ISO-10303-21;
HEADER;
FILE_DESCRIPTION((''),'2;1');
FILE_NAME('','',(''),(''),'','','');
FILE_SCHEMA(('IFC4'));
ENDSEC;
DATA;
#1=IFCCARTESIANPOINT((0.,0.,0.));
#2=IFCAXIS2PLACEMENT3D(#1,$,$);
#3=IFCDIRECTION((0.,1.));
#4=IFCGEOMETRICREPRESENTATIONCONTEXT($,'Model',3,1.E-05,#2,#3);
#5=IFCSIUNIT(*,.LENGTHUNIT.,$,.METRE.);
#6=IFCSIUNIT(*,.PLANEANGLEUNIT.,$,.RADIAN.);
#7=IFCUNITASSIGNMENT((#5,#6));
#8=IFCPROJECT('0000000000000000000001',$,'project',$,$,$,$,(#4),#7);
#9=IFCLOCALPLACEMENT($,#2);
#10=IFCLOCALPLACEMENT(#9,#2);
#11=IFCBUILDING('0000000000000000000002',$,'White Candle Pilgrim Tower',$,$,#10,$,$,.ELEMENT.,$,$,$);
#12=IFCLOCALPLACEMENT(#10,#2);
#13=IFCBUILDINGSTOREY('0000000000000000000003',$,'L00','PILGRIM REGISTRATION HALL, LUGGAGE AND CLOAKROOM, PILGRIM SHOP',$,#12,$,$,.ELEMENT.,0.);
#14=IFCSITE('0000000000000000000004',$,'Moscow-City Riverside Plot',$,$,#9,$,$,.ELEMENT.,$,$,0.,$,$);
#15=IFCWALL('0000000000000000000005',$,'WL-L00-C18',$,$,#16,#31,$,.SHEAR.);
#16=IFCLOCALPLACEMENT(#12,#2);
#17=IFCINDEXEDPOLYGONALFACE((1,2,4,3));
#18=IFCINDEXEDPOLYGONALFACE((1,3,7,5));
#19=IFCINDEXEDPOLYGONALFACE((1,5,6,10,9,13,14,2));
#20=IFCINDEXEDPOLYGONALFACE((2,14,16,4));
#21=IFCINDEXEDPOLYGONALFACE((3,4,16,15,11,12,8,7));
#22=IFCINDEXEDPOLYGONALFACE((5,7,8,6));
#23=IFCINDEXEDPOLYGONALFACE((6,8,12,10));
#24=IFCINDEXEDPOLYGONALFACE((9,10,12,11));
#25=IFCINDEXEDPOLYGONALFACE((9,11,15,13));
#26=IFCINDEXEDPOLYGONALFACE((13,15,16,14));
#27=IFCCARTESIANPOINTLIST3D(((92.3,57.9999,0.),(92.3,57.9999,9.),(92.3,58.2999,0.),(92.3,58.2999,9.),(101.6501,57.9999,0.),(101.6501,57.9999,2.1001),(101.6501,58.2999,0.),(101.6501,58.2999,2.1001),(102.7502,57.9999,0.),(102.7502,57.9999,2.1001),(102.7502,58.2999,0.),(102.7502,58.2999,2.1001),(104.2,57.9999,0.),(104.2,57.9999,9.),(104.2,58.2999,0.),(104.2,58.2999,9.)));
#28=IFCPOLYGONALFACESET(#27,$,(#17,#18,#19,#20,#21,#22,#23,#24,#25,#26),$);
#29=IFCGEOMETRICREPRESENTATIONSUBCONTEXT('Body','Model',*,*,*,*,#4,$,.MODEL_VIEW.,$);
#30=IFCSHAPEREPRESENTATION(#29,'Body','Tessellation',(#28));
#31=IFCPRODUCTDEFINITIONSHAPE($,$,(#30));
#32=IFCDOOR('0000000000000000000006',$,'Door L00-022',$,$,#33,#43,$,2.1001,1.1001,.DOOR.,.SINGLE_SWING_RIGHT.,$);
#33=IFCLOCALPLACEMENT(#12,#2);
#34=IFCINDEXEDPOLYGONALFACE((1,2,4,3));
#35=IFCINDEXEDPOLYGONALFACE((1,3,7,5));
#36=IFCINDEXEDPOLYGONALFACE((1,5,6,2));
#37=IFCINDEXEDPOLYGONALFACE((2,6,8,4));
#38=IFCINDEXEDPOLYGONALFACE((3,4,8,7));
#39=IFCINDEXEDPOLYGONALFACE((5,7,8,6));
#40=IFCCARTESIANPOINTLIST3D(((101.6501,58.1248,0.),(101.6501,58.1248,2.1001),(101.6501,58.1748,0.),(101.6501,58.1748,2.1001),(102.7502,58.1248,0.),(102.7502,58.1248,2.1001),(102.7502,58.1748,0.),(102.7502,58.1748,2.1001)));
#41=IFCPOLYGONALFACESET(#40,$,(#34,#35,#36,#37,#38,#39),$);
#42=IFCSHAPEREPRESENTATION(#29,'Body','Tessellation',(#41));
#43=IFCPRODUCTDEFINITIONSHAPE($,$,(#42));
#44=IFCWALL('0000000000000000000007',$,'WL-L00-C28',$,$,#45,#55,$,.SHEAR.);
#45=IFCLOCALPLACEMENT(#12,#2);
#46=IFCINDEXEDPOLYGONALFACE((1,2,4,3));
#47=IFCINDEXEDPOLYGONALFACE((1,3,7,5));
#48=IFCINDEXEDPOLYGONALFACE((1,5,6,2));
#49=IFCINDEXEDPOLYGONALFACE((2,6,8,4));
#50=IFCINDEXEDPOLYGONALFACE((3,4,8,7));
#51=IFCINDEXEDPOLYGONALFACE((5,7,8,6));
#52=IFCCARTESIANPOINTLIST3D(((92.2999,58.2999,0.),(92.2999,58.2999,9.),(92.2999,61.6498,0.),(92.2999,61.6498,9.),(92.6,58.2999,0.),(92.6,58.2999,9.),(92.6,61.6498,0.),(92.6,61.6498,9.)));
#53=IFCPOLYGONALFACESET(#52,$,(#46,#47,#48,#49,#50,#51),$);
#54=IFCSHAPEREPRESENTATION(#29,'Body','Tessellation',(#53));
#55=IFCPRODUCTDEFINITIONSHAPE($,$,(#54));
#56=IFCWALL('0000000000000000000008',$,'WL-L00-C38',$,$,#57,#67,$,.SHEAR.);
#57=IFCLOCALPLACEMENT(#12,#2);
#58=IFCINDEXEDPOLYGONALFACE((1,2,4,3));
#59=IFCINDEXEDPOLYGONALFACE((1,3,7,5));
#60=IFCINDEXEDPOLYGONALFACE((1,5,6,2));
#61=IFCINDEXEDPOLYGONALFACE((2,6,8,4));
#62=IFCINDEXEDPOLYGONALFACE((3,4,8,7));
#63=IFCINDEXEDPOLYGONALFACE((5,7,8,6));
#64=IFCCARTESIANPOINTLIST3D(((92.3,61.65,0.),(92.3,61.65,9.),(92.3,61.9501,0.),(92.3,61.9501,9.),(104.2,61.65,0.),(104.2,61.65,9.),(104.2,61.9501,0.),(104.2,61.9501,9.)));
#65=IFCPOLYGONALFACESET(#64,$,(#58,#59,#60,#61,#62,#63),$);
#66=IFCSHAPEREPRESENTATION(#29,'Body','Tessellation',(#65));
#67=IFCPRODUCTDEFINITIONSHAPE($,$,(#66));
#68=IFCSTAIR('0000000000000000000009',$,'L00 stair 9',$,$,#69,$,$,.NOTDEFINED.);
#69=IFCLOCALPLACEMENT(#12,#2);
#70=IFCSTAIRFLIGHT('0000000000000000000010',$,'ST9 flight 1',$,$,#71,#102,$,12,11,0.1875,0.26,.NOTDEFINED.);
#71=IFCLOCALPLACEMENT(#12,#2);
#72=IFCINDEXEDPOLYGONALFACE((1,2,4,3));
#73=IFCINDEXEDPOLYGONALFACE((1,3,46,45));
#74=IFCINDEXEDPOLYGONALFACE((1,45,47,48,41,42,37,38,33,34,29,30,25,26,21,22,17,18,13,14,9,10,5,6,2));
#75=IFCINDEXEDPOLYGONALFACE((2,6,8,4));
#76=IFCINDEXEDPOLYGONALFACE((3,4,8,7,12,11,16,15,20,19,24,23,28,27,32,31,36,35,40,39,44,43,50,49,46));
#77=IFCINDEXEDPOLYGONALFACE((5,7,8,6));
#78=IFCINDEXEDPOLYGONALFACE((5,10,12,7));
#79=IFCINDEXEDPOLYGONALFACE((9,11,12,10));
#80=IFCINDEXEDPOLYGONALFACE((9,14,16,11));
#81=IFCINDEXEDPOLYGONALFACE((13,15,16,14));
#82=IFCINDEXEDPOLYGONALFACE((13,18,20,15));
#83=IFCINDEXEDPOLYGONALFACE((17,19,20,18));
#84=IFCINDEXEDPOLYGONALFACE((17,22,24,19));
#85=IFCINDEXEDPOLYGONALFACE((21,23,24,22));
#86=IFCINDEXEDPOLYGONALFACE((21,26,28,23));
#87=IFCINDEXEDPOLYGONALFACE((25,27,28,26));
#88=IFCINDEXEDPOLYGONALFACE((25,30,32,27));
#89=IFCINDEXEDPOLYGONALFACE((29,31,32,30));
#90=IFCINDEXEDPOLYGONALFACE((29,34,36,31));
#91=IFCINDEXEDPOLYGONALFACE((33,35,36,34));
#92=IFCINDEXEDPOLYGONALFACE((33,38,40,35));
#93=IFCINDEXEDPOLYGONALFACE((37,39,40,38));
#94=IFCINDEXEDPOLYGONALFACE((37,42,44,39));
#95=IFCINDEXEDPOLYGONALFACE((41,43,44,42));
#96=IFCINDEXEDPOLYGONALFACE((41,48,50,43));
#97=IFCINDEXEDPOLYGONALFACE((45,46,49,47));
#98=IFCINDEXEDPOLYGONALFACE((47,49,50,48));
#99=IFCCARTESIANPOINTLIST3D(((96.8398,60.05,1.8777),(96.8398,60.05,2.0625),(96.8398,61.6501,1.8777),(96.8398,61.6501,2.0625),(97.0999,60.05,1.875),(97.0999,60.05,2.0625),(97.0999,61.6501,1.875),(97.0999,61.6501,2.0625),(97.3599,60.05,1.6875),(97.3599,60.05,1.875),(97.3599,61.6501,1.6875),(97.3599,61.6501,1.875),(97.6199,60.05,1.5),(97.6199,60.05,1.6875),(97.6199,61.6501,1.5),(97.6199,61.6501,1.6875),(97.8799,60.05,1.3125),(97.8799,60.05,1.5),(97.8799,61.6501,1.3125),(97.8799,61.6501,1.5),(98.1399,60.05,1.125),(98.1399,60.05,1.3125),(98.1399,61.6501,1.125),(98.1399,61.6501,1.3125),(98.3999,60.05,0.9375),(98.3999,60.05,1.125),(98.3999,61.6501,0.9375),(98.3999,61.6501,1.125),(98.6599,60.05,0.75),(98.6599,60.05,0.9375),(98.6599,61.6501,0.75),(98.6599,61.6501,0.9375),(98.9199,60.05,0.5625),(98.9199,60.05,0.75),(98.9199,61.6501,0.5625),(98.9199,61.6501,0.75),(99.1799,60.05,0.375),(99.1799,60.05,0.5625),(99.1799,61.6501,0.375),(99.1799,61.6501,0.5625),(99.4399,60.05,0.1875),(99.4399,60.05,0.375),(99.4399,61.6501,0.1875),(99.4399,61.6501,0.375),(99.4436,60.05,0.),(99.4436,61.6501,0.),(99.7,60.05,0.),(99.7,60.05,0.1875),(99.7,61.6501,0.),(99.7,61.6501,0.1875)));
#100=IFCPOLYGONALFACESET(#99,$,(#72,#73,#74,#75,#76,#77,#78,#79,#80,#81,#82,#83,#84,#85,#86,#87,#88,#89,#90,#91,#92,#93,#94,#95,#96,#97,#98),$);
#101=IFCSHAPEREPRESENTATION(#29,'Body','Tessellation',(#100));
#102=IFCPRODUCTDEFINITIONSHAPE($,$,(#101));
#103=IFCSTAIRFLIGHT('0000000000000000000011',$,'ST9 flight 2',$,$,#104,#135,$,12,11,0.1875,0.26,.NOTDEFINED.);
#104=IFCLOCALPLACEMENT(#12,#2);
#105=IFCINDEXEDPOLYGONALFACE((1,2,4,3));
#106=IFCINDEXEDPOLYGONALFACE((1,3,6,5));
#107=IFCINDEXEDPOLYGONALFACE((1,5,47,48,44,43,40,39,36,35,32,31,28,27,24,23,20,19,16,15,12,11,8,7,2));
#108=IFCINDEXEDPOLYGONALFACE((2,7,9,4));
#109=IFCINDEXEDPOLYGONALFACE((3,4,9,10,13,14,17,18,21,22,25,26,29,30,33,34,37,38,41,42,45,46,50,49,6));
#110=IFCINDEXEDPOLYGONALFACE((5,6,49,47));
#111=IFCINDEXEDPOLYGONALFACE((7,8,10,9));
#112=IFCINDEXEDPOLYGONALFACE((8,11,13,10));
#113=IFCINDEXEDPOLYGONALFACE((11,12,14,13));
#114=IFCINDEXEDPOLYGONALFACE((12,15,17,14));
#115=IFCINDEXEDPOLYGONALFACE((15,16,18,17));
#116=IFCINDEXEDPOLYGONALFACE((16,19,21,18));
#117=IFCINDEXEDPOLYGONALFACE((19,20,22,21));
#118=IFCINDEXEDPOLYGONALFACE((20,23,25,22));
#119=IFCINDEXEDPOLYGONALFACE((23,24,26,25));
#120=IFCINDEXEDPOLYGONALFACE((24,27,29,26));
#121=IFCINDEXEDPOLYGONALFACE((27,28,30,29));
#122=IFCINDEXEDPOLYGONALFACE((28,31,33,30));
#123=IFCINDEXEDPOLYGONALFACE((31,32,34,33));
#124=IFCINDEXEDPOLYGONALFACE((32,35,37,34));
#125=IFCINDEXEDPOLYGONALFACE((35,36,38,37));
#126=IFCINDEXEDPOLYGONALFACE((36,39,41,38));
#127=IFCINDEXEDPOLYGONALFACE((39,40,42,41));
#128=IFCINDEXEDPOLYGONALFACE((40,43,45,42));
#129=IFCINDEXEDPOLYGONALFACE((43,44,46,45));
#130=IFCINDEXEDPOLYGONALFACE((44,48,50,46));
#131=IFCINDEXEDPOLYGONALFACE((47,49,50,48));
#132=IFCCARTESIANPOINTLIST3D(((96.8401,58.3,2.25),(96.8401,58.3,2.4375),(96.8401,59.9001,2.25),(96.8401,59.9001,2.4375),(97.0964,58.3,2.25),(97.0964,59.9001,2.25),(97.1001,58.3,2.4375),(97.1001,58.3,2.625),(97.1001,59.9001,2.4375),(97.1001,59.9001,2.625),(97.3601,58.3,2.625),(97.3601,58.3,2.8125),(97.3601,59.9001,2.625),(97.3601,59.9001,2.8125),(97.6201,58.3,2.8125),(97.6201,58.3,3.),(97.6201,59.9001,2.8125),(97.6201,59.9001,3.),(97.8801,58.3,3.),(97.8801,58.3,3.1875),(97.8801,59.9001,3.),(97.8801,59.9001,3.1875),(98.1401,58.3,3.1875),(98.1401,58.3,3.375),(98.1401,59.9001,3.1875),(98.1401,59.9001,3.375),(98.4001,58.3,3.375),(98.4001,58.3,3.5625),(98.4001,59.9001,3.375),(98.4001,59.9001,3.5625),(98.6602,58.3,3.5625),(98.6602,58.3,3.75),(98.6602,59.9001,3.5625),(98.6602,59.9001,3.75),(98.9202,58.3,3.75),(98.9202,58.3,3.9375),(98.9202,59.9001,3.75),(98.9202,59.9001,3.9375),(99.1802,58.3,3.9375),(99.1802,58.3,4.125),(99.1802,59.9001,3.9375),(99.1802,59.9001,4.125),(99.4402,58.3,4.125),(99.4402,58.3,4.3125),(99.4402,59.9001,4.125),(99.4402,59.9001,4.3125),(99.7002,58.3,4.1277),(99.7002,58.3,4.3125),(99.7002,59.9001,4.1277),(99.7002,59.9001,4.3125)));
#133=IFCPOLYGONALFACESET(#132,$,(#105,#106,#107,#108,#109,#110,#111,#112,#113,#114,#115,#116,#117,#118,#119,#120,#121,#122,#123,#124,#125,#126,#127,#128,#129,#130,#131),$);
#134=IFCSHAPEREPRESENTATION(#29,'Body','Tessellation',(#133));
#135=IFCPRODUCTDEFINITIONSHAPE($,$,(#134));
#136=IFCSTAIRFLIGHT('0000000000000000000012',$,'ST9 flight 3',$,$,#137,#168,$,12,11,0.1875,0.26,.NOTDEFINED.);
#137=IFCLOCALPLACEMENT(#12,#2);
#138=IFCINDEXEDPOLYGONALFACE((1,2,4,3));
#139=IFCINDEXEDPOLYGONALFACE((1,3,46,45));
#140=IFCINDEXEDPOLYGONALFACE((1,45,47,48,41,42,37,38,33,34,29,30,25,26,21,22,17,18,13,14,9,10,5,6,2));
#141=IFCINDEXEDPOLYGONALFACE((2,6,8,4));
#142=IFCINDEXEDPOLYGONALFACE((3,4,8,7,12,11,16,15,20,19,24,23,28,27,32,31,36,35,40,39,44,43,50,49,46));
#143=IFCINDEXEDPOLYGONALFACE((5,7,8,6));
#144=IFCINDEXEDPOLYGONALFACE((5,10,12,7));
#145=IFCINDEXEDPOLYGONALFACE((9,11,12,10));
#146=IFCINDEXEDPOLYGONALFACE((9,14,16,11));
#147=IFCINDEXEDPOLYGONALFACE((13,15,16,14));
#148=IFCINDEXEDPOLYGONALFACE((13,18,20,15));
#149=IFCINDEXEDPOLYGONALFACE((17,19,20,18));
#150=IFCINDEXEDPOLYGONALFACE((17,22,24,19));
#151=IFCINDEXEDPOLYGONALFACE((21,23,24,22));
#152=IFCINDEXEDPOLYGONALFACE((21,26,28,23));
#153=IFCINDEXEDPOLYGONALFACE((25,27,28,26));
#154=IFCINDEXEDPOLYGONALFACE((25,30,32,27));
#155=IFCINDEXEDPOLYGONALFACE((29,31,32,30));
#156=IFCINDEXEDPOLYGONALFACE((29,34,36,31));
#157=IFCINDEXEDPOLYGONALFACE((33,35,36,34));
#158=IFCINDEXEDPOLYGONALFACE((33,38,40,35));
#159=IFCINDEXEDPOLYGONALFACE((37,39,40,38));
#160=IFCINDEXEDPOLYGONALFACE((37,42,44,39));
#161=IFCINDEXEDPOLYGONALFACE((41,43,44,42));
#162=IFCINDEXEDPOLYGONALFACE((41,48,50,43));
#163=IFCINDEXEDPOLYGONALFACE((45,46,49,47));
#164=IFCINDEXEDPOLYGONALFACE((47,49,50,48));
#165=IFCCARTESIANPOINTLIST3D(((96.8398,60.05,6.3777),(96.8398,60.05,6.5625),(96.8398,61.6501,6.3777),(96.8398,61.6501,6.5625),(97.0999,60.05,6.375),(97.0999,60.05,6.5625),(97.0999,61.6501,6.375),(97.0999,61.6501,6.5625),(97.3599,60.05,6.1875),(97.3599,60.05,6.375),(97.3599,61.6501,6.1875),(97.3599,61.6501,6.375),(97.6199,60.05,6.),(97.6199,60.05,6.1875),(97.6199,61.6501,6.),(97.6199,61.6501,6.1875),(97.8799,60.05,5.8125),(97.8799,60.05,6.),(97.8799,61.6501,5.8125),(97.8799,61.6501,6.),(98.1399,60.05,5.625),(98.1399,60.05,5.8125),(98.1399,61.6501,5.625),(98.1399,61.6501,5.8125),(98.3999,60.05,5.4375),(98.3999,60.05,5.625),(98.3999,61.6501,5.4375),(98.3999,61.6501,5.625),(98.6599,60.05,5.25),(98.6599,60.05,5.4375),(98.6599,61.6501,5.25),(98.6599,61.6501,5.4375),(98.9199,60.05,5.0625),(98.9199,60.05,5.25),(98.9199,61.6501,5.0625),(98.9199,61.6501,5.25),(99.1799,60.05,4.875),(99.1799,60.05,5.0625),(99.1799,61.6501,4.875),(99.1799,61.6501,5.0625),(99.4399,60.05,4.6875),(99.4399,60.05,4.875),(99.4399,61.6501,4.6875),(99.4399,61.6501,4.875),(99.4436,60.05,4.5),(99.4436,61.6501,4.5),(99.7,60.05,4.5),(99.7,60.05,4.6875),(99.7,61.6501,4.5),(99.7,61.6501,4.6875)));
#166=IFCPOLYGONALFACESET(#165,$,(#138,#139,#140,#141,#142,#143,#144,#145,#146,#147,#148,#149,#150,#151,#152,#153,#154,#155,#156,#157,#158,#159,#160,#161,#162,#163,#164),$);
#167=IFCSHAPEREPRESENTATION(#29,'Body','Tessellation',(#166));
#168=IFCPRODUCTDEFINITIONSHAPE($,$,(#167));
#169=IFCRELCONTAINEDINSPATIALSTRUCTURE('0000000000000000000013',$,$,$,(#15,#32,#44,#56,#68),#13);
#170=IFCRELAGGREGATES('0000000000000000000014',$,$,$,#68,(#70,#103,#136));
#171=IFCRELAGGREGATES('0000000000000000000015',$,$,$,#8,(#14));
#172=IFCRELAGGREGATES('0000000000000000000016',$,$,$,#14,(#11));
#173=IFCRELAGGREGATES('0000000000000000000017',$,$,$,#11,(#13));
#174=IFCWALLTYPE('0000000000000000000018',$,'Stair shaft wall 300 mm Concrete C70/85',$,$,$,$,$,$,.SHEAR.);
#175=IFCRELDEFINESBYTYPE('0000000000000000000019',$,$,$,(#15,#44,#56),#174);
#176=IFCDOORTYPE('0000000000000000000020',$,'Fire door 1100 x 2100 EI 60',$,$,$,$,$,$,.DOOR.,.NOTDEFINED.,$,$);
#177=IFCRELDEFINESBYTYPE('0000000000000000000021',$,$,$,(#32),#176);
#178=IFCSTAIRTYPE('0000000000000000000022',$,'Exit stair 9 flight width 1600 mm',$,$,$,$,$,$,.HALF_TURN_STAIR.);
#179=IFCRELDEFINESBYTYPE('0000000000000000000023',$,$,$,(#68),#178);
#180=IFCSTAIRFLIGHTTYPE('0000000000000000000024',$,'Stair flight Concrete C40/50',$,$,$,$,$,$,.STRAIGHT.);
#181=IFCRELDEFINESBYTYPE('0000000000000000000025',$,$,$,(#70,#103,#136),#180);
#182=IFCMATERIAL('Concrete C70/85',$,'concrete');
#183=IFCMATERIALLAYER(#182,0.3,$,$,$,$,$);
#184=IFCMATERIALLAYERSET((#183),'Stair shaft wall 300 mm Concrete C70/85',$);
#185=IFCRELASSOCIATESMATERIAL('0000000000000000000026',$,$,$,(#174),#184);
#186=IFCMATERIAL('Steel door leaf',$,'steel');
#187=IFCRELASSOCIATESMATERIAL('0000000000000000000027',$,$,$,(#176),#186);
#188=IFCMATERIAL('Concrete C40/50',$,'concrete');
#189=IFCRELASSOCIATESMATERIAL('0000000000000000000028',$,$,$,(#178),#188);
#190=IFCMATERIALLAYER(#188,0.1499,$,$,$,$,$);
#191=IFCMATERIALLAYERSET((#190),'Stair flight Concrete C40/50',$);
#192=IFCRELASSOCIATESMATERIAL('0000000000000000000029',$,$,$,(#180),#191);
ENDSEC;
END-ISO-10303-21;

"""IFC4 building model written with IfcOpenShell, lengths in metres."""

from ifc_helpers import new_model, si_unit, direction, frame, frame_2d, origin, place, context, subcontext, project, spatial, polyline, rectangle, outline, extrude, material, layer, layer_set, type_object, element, fill, aggregate, save


model = new_model("IFC4")

# Units and contexts
model_context = context("Model", 3, precision=1e-05, world=origin(), true_north=direction((0.0, 1.0)))
body_context = subcontext(model_context, "Body", "Model", "MODEL_VIEW")
ifc_project = project(units=[si_unit("LENGTHUNIT", "METRE"), si_unit("PLANEANGLEUNIT", "RADIAN")], contexts=[model_context])

# Site, building, storey
site_placement = place(None, origin())
site = spatial("IfcSite", under=ifc_project, at=site_placement, Name="Moscow-City Riverside Plot", CompositionType="ELEMENT", RefElevation=0.0)
building_placement = place(site_placement, origin())
building = spatial("IfcBuilding", under=site, at=building_placement, Name="White Candle Pilgrim Tower", CompositionType="ELEMENT")
storey_placement = place(building_placement, origin())
storey = spatial("IfcBuildingStorey", under=building, at=storey_placement, Name="L00", Description="PILGRIM REGISTRATION HALL, LUGGAGE AND CLOAKROOM, PILGRIM SHOP", CompositionType="ELEMENT", Elevation=0.0)

# Wall, opening, door
ifc_material_1 = material(Name="Concrete C70/85", Category="concrete")
ifc_layer_1 = layer(ifc_material_1, 0.3)
ifc_layer_set_1 = layer_set([ifc_layer_1], Name="Stair shaft wall 300 mm Concrete C70/85")
wall_type_1 = type_object("IfcWallType", Name="Stair shaft wall 300 mm Concrete C70/85", PredefinedType="SHEAR", material=ifc_layer_set_1)
wall_1_placement = place(storey_placement, frame((92.3, 58.1499, 0.0), z_axis=(0.0, 0.0, 1.0), x_axis=(1.0, 0.0, 0.0)))
wall_1 = element("IfcWall", 1, at=wall_1_placement, inside=storey, type_object=wall_type_1, Name="WL-L00-C18", PredefinedType="SHEAR", context=body_context, shape_type="SweptSolid", body=[
    extrude(rectangle(XDim=11.8999, YDim=0.3, at=frame_2d((5.95, 0.0))), origin(), (0.0, 0.0, 1.0), 9.0),
])
opening_placement = place(wall_1_placement, frame((9.3501, 0.0, 0.0)))
opening = element("IfcOpeningElement", 2, at=opening_placement, cuts=wall_1, PredefinedType="OPENING", context=body_context, shape_type="SweptSolid", body=[
    extrude(rectangle(XDim=1.1001, YDim=2.1001, at=frame_2d((0.55, 1.05))), frame((0.0, 0.1599, 0.0), z_axis=(0.0, -1.0, 0.0), x_axis=(1.0, 0.0, 0.0)), (0.0, 0.0, 1.0), 0.3201),
])
ifc_material_2 = material(Name="Steel door leaf", Category="steel")
door_type = type_object("IfcDoorType", Name="Fire door 1100 x 2100 EI 60", OperationType="NOTDEFINED", PredefinedType="DOOR", material=ifc_material_2)
door_placement = place(opening_placement, origin())
door = element("IfcDoor", 3, at=door_placement, inside=storey, type_object=door_type, Name="Door L00-022", OperationType="SINGLE_SWING_RIGHT", OverallHeight=2.1001, OverallWidth=1.1001, PredefinedType="DOOR", context=body_context, shape_type="SweptSolid", body=[
    extrude(rectangle(XDim=1.1001, YDim=2.1001, at=frame_2d((0.55, 1.05))), frame((0.0, 0.0249, 0.0), z_axis=(0.0, -1.0, 0.0), x_axis=(1.0, 0.0, 0.0)), (0.0, 0.0, 1.0), 0.05),
])
fill(opening, door)

# Walls
wall_2_placement = place(storey_placement, frame((92.45, 58.3, 0.0), z_axis=(0.0, 0.0, 1.0), x_axis=(0.0, 1.0, 0.0)))
element("IfcWall", 4, at=wall_2_placement, inside=storey, type_object=wall_type_1, Name="WL-L00-C28", PredefinedType="SHEAR", context=body_context, shape_type="SweptSolid", body=[
    extrude(rectangle(XDim=3.3499, YDim=0.3, at=frame_2d((1.6748, 0.0))), origin(), (0.0, 0.0, 1.0), 9.0),
])
wall_3_placement = place(storey_placement, frame((92.3, 61.8, 0.0), z_axis=(0.0, 0.0, 1.0), x_axis=(1.0, 0.0, 0.0)))
element("IfcWall", 5, at=wall_3_placement, inside=storey, type_object=wall_type_1, Name="WL-L00-C38", PredefinedType="SHEAR", context=body_context, shape_type="SweptSolid", body=[
    extrude(rectangle(XDim=11.8999, YDim=0.3, at=frame_2d((5.95, 0.0))), origin(), (0.0, 0.0, 1.0), 9.0),
])

# Stair, stair flights
ifc_material_3 = material(Name="Concrete C40/50", Category="concrete")
stair_type = type_object("IfcStairType", Name="Exit stair 9 flight width 1600 mm", PredefinedType="HALF_TURN_STAIR", material=ifc_material_3)
stair_placement = place(storey_placement, origin())
stair = element("IfcStair", 6, at=stair_placement, inside=storey, type_object=stair_type, Name="L00 stair 9", PredefinedType="NOTDEFINED")
ifc_layer_2 = layer(ifc_material_3, 0.1499)
ifc_layer_set_2 = layer_set([ifc_layer_2], Name="Stair flight Concrete C40/50")
stair_flight_type = type_object("IfcStairFlightType", Name="Stair flight Concrete C40/50", PredefinedType="STRAIGHT", material=ifc_layer_set_2)
stair_flight_1_placement = place(storey_placement, frame((99.7, 60.8501, 0.0), z_axis=(0.0, 0.0, 1.0), x_axis=(-1.0, 0.0, 0.0)))
stair_flight_1 = element("IfcStairFlight", 7, at=stair_flight_1_placement, type_object=stair_flight_type, Name="ST9 flight 1", NumberOfRisers=12, NumberOfTreads=11, PredefinedType="NOTDEFINED", RiserHeight=0.1875, TreadLength=0.26, context=body_context, shape_type="SweptSolid", body=[
    extrude(outline(polyline([(0.0, 0.0), (0.0, 0.1875), (0.26, 0.1875), (0.26, 0.375), (0.52, 0.375), (0.52, 0.5625), (0.78, 0.5625), (0.78, 0.75), (1.04, 0.75), (1.04, 0.9375), (1.3, 0.9375), (1.3, 1.125), (1.5601, 1.125), (1.5601, 1.3125), (1.8201, 1.3125), (1.8201, 1.5), (2.0801, 1.5), (2.0801, 1.6875), (2.3401, 1.6875), (2.3401, 1.875), (2.6001, 1.875), (2.6001, 2.0625), (2.8601, 2.0625), (2.8601, 2.25), (2.8601, 1.8777), (0.2563, 0.0), (0.0, 0.0)])), frame((0.0, 0.8, 0.0), z_axis=(0.0, -1.0, 0.0), x_axis=(1.0, 0.0, 0.0)), (0.0, 0.0, 1.0), 1.6001),
])
stair_flight_2_placement = place(storey_placement, frame((96.8401, 59.1001, 2.25), z_axis=(0.0, 0.0, 1.0), x_axis=(1.0, 0.0, 0.0)))
stair_flight_2 = element("IfcStairFlight", 8, at=stair_flight_2_placement, type_object=stair_flight_type, Name="ST9 flight 2", NumberOfRisers=12, NumberOfTreads=11, PredefinedType="NOTDEFINED", RiserHeight=0.1875, TreadLength=0.26, context=body_context, shape_type="SweptSolid", body=[
    extrude(outline(polyline([(0.0, 0.0), (0.0, 0.1875), (0.26, 0.1875), (0.26, 0.375), (0.52, 0.375), (0.52, 0.5625), (0.78, 0.5625), (0.78, 0.75), (1.04, 0.75), (1.04, 0.9375), (1.3, 0.9375), (1.3, 1.125), (1.5601, 1.125), (1.5601, 1.3125), (1.8201, 1.3125), (1.8201, 1.5), (2.0801, 1.5), (2.0801, 1.6875), (2.3401, 1.6875), (2.3401, 1.875), (2.6001, 1.875), (2.6001, 2.0625), (2.8601, 2.0625), (2.8601, 2.25), (2.8601, 1.8777), (0.2563, 0.0), (0.0, 0.0)])), frame((0.0, 0.8, 0.0), z_axis=(0.0, -1.0, 0.0), x_axis=(1.0, 0.0, 0.0)), (0.0, 0.0, 1.0), 1.6001),
])
stair_flight_3_placement = place(storey_placement, frame((99.7, 60.8501, 4.5), z_axis=(0.0, 0.0, 1.0), x_axis=(-1.0, 0.0, 0.0)))
stair_flight_3 = element("IfcStairFlight", 9, at=stair_flight_3_placement, type_object=stair_flight_type, Name="ST9 flight 3", NumberOfRisers=12, NumberOfTreads=11, PredefinedType="NOTDEFINED", RiserHeight=0.1875, TreadLength=0.26, context=body_context, shape_type="SweptSolid", body=[
    extrude(outline(polyline([(0.0, 0.0), (0.0, 0.1875), (0.26, 0.1875), (0.26, 0.375), (0.52, 0.375), (0.52, 0.5625), (0.78, 0.5625), (0.78, 0.75), (1.04, 0.75), (1.04, 0.9375), (1.3, 0.9375), (1.3, 1.125), (1.5601, 1.125), (1.5601, 1.3125), (1.8201, 1.3125), (1.8201, 1.5), (2.0801, 1.5), (2.0801, 1.6875), (2.3401, 1.6875), (2.3401, 1.875), (2.6001, 1.875), (2.6001, 2.0625), (2.8601, 2.0625), (2.8601, 2.25), (2.8601, 1.8777), (0.2563, 0.0), (0.0, 0.0)])), frame((0.0, 0.8, 0.0), z_axis=(0.0, -1.0, 0.0), x_axis=(1.0, 0.0, 0.0)), (0.0, 0.0, 1.0), 1.6001),
])
aggregate(stair, [stair_flight_1, stair_flight_2, stair_flight_3])

save(model, "model.ifc")
